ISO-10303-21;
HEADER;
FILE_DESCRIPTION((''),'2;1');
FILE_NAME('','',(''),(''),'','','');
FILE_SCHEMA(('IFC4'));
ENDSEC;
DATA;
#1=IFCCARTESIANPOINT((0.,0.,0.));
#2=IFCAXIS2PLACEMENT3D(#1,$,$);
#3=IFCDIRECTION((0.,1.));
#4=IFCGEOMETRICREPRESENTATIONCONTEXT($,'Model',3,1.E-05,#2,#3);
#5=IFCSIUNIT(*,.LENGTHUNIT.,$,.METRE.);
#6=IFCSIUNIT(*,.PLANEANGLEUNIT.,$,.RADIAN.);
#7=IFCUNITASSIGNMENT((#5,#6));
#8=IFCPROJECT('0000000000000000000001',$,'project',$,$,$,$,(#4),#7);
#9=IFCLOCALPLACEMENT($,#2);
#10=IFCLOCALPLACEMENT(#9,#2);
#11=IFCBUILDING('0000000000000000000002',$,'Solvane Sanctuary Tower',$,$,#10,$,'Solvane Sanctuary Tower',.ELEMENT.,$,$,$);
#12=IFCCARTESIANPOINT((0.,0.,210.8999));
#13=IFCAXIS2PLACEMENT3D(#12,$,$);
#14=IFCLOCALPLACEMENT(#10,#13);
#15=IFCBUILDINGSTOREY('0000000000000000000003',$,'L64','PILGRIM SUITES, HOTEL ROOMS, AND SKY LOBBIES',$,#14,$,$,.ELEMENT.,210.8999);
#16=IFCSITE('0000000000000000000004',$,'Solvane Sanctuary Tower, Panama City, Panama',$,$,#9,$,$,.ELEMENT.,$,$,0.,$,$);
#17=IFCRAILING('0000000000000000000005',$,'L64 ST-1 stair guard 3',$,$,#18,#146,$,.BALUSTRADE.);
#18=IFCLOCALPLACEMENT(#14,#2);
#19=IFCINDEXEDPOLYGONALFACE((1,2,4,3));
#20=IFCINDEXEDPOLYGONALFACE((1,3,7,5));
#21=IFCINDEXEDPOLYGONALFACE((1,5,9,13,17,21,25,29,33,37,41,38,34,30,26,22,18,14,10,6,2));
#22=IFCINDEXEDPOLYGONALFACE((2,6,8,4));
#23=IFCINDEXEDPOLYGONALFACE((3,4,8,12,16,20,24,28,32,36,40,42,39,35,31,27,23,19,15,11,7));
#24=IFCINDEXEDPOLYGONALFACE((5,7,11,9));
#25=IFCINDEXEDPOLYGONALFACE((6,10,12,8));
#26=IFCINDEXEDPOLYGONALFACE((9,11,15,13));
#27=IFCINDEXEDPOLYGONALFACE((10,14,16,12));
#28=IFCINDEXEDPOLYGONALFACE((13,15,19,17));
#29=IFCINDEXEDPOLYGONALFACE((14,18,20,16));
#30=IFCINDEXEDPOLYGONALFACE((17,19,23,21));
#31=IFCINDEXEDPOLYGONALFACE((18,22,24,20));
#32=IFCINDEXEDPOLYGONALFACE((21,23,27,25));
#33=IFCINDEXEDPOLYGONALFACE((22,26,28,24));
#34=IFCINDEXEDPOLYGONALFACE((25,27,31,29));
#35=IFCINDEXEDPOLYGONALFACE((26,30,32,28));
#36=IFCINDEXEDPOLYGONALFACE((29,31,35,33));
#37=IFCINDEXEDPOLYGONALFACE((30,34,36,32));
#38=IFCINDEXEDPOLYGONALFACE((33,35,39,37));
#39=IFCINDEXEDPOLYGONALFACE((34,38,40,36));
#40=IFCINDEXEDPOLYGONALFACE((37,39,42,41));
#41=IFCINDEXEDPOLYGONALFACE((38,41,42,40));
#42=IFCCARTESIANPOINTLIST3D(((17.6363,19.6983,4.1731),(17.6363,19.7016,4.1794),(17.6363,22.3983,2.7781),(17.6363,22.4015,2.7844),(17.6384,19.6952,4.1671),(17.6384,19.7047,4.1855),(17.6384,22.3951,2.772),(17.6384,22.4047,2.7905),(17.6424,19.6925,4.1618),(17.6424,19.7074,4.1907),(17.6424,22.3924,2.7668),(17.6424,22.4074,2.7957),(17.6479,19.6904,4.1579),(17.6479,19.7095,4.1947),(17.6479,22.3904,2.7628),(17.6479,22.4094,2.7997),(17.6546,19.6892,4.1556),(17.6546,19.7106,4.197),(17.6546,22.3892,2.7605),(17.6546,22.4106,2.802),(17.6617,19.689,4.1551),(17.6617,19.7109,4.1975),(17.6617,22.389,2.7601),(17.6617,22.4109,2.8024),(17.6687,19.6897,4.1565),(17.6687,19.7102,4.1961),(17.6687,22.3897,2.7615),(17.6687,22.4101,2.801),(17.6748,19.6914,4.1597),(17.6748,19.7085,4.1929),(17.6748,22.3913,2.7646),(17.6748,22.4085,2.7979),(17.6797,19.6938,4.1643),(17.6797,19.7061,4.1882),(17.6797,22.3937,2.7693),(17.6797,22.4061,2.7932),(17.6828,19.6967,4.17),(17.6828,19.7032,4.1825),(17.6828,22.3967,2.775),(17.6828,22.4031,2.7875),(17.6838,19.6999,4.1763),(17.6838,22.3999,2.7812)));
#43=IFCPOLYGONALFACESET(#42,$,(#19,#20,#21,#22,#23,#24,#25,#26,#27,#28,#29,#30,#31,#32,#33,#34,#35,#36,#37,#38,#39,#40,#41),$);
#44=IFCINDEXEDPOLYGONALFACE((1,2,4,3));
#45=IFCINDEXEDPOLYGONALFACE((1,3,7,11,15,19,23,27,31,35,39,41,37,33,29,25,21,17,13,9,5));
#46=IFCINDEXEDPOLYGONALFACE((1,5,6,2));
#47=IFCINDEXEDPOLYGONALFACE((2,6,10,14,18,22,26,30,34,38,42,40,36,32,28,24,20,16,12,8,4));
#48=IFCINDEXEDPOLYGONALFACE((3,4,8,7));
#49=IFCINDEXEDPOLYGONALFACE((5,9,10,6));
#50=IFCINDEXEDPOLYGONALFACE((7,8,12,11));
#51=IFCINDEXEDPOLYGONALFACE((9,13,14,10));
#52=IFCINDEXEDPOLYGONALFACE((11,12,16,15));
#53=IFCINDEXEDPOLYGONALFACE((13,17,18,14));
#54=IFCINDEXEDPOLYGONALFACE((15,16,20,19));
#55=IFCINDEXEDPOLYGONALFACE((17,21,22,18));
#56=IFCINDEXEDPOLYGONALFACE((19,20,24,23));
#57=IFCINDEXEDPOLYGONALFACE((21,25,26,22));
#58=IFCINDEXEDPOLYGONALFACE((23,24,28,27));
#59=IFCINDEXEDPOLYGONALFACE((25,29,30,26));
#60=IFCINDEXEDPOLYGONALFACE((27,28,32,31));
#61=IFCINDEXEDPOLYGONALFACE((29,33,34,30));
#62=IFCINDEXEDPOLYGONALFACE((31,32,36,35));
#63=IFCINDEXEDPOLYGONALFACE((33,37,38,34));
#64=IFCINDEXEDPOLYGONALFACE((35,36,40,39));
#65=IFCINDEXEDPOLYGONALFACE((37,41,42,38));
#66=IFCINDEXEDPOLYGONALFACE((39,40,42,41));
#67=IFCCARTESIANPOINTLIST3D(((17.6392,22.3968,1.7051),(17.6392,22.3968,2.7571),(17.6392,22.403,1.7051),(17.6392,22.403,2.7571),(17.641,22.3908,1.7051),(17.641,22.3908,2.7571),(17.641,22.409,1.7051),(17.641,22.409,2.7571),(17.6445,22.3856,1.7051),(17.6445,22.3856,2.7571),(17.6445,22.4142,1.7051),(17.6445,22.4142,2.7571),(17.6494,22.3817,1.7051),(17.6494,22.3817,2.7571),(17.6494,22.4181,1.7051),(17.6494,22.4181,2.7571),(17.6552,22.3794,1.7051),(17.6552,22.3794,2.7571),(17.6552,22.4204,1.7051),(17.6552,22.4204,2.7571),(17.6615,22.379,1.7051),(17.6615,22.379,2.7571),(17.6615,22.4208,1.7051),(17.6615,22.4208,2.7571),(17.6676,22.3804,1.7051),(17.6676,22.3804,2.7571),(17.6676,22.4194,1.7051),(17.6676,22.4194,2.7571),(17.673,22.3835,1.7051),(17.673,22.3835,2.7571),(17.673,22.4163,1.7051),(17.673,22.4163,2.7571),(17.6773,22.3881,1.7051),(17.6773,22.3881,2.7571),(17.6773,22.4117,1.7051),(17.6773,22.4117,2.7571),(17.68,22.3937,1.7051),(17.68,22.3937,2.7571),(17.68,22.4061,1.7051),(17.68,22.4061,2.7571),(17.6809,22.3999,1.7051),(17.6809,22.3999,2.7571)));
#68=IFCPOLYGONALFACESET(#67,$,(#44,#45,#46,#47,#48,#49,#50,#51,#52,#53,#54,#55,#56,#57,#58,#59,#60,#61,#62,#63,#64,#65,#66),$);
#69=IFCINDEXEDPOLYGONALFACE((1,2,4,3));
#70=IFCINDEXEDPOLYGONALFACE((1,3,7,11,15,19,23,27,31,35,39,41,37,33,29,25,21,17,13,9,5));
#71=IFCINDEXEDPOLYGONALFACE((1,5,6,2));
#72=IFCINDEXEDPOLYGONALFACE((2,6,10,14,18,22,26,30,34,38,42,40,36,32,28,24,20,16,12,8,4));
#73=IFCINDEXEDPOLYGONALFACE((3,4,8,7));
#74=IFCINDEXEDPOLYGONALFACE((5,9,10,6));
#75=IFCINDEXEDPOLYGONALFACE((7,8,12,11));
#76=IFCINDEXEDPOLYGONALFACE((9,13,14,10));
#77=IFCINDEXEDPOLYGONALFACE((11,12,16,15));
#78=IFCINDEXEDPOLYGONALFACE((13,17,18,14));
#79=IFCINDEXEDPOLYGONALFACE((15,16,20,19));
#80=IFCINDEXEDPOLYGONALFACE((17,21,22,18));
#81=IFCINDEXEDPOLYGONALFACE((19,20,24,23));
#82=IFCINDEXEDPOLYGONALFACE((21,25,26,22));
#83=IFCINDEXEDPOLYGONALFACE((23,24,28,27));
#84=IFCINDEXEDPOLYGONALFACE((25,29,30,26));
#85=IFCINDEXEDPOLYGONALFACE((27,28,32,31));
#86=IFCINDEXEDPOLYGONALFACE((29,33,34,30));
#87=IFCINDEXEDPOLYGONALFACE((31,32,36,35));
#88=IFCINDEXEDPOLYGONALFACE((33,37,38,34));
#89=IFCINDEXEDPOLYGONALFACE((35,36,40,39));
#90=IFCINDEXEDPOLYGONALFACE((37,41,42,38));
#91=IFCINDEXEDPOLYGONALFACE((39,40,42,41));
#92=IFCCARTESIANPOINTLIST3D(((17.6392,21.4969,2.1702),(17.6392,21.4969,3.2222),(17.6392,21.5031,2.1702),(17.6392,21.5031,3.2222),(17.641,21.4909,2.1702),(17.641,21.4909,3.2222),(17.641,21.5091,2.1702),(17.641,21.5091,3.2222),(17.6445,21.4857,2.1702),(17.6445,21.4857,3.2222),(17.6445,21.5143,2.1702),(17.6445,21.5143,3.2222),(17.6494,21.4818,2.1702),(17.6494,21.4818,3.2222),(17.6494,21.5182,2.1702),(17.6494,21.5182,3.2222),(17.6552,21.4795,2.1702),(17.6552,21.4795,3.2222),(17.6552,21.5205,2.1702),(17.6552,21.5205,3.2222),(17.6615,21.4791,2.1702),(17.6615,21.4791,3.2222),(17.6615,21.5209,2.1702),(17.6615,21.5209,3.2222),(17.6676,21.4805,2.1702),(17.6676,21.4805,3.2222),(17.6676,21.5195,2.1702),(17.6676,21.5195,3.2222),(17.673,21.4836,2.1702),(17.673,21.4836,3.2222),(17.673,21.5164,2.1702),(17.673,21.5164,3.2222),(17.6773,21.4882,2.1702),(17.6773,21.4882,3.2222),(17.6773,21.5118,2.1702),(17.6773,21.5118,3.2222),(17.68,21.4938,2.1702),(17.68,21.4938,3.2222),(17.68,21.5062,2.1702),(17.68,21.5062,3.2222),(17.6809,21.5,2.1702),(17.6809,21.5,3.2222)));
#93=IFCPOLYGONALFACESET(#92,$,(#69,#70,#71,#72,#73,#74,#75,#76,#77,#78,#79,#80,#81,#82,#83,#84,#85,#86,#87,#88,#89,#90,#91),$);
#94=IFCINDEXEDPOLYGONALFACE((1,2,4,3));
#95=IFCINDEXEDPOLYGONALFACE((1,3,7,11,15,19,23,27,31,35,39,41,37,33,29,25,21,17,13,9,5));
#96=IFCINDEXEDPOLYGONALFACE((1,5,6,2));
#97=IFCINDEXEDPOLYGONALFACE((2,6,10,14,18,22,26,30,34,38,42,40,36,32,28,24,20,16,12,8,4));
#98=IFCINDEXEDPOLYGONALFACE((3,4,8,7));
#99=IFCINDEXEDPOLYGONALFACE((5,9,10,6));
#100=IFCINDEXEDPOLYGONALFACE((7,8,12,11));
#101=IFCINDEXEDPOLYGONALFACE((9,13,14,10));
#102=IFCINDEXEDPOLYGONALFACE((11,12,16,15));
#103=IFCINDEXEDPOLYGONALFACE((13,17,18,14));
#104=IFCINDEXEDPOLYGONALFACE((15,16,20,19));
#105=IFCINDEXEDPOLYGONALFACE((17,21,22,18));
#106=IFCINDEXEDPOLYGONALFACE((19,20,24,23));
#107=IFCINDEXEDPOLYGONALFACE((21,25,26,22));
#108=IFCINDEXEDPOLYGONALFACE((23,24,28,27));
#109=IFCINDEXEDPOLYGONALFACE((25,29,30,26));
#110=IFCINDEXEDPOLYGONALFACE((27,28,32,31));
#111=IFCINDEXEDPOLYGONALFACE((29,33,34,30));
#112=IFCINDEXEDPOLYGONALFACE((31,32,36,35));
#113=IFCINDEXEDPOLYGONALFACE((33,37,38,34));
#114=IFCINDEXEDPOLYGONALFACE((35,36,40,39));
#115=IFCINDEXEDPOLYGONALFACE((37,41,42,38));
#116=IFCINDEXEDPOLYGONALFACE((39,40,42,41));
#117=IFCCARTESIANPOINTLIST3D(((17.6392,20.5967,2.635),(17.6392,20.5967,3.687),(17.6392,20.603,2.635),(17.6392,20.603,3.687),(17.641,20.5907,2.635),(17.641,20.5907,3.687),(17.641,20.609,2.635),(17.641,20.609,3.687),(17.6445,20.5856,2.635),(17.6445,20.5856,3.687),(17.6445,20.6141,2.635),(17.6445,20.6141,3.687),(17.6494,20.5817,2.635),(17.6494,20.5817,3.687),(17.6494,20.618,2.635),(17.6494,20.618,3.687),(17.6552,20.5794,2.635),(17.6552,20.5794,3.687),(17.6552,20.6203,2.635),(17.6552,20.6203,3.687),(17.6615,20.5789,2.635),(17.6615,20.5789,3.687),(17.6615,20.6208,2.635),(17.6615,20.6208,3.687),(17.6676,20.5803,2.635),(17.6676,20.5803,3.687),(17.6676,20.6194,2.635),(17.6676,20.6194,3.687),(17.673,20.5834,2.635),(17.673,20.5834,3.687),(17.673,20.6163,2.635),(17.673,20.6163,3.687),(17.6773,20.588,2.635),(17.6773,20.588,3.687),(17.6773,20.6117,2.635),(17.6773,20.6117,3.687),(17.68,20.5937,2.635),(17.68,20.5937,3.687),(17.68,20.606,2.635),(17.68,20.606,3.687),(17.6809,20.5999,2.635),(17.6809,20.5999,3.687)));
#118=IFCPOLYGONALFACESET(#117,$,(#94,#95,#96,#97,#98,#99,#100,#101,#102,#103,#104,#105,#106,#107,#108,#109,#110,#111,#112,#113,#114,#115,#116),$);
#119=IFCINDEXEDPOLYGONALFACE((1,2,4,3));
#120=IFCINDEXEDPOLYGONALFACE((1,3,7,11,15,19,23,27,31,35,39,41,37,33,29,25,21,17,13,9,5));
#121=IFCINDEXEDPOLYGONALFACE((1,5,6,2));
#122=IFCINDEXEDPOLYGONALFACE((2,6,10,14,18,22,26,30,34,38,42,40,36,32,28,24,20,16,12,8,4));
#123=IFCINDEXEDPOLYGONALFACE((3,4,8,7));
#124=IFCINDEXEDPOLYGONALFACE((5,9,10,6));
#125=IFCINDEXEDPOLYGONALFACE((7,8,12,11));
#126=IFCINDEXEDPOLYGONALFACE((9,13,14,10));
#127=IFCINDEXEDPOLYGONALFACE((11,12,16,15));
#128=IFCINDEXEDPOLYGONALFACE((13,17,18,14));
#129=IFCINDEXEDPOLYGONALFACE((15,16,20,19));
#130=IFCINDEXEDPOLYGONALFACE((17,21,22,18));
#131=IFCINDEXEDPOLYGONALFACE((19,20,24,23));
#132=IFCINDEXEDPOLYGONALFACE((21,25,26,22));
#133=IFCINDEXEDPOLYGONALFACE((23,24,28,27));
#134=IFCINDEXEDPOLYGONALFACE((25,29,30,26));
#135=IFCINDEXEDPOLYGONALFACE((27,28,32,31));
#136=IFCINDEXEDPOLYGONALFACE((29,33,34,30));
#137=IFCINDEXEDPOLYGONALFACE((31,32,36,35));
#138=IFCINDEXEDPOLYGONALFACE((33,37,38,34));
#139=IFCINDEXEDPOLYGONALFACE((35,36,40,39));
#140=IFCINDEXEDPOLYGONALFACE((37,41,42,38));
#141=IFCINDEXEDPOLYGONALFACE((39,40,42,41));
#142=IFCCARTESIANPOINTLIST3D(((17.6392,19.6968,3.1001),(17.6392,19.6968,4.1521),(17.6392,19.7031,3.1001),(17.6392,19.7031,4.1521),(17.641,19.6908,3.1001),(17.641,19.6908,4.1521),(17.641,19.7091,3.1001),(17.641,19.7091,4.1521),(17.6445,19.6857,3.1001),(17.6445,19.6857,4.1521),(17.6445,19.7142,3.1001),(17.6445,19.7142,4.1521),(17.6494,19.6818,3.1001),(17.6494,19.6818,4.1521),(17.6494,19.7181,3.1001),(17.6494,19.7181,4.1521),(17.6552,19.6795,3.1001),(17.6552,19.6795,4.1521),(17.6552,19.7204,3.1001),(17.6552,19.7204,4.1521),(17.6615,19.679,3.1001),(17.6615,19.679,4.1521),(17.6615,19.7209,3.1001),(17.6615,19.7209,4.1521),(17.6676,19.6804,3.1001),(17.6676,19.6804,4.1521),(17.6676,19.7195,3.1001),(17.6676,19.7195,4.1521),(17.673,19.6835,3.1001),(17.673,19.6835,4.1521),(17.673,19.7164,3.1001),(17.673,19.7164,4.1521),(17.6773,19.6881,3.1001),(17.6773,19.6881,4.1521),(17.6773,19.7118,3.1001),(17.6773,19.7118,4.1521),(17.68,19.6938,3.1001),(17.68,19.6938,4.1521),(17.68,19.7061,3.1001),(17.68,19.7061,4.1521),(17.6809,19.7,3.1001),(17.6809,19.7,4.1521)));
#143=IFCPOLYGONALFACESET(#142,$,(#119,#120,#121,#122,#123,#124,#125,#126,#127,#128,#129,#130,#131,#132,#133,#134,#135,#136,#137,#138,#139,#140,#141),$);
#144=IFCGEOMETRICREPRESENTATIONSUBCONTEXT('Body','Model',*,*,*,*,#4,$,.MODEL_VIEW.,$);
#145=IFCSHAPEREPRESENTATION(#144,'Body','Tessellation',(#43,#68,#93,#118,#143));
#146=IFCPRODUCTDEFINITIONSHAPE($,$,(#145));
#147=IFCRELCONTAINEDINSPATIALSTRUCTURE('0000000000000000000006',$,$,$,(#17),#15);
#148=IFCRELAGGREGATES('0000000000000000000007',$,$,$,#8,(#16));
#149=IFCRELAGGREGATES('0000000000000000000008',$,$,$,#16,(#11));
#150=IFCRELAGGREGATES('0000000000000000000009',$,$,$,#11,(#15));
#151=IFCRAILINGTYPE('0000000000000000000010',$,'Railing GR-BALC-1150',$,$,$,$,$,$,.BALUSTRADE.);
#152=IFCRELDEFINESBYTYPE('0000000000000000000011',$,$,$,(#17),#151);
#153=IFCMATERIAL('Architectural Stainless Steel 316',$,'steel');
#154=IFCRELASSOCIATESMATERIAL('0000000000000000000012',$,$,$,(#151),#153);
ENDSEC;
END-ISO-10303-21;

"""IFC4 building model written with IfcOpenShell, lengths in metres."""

from ifc_helpers import new_model, si_unit, direction, frame, origin, origin_2d, place, context, subcontext, project, spatial, circle, extrude, material, type_object, element, save


model = new_model("IFC4")

# Units and contexts
model_context = context("Model", 3, precision=1e-05, world=origin(), true_north=direction((0.0, 1.0)))
body_context = subcontext(model_context, "Body", "Model", "MODEL_VIEW")
ifc_project = project(units=[si_unit("LENGTHUNIT", "METRE"), si_unit("PLANEANGLEUNIT", "RADIAN")], contexts=[model_context])

# Site, building, storey
site_placement = place(None, origin())
site = spatial("IfcSite", under=ifc_project, at=site_placement, Name="Solvane Sanctuary Tower, Panama City, Panama", CompositionType="ELEMENT", RefElevation=0.0)
building_placement = place(site_placement, origin())
building = spatial("IfcBuilding", under=site, at=building_placement, Name="Solvane Sanctuary Tower", LongName="Solvane Sanctuary Tower", CompositionType="ELEMENT")
storey_placement = place(building_placement, frame((0.0, 0.0, 210.8999)))
storey = spatial("IfcBuildingStorey", under=building, at=storey_placement, Name="L64", Description="PILGRIM SUITES, HOTEL ROOMS, AND SKY LOBBIES", CompositionType="ELEMENT", Elevation=210.8999)

# Railing
ifc_material_1 = material(Name="Architectural Stainless Steel 316", Category="steel")
railing_type_1 = type_object("IfcRailingType", Name="Railing GR-BALC-1150", PredefinedType="BALUSTRADE", material=ifc_material_1)
railing_1_placement = place(storey_placement, frame((17.6599, 22.3999, 1.7051)))
element("IfcRailing", 1, at=railing_1_placement, inside=storey, type_object=railing_type_1, Name="L64 ST-1 stair guard 3", PredefinedType="BALUSTRADE", context=body_context, shape_type="SweptSolid", body=[
    extrude(circle(Radius=0.0239, at=origin_2d()), frame((0.0, 0.0, 1.0762), z_axis=(0.0, -0.88842, 0.459032), x_axis=(1.0, 0.0, 0.0)), (0.0, 0.0, 1.0), 3.0391),
    extrude(circle(Radius=0.021, at=origin_2d()), origin(), (0.0, 0.0, 1.0), 1.052),
    extrude(circle(Radius=0.021, at=origin_2d()), frame((0.0, -0.8999, 0.4651)), (0.0, 0.0, 1.0), 1.052),
    extrude(circle(Radius=0.021, at=origin_2d()), frame((0.0, -1.8, 0.9299)), (0.0, 0.0, 1.0), 1.052),
    extrude(circle(Radius=0.021, at=origin_2d()), frame((0.0, -2.7, 1.395)), (0.0, 0.0, 1.0), 1.052),
])

save(model, "model.ifc")
